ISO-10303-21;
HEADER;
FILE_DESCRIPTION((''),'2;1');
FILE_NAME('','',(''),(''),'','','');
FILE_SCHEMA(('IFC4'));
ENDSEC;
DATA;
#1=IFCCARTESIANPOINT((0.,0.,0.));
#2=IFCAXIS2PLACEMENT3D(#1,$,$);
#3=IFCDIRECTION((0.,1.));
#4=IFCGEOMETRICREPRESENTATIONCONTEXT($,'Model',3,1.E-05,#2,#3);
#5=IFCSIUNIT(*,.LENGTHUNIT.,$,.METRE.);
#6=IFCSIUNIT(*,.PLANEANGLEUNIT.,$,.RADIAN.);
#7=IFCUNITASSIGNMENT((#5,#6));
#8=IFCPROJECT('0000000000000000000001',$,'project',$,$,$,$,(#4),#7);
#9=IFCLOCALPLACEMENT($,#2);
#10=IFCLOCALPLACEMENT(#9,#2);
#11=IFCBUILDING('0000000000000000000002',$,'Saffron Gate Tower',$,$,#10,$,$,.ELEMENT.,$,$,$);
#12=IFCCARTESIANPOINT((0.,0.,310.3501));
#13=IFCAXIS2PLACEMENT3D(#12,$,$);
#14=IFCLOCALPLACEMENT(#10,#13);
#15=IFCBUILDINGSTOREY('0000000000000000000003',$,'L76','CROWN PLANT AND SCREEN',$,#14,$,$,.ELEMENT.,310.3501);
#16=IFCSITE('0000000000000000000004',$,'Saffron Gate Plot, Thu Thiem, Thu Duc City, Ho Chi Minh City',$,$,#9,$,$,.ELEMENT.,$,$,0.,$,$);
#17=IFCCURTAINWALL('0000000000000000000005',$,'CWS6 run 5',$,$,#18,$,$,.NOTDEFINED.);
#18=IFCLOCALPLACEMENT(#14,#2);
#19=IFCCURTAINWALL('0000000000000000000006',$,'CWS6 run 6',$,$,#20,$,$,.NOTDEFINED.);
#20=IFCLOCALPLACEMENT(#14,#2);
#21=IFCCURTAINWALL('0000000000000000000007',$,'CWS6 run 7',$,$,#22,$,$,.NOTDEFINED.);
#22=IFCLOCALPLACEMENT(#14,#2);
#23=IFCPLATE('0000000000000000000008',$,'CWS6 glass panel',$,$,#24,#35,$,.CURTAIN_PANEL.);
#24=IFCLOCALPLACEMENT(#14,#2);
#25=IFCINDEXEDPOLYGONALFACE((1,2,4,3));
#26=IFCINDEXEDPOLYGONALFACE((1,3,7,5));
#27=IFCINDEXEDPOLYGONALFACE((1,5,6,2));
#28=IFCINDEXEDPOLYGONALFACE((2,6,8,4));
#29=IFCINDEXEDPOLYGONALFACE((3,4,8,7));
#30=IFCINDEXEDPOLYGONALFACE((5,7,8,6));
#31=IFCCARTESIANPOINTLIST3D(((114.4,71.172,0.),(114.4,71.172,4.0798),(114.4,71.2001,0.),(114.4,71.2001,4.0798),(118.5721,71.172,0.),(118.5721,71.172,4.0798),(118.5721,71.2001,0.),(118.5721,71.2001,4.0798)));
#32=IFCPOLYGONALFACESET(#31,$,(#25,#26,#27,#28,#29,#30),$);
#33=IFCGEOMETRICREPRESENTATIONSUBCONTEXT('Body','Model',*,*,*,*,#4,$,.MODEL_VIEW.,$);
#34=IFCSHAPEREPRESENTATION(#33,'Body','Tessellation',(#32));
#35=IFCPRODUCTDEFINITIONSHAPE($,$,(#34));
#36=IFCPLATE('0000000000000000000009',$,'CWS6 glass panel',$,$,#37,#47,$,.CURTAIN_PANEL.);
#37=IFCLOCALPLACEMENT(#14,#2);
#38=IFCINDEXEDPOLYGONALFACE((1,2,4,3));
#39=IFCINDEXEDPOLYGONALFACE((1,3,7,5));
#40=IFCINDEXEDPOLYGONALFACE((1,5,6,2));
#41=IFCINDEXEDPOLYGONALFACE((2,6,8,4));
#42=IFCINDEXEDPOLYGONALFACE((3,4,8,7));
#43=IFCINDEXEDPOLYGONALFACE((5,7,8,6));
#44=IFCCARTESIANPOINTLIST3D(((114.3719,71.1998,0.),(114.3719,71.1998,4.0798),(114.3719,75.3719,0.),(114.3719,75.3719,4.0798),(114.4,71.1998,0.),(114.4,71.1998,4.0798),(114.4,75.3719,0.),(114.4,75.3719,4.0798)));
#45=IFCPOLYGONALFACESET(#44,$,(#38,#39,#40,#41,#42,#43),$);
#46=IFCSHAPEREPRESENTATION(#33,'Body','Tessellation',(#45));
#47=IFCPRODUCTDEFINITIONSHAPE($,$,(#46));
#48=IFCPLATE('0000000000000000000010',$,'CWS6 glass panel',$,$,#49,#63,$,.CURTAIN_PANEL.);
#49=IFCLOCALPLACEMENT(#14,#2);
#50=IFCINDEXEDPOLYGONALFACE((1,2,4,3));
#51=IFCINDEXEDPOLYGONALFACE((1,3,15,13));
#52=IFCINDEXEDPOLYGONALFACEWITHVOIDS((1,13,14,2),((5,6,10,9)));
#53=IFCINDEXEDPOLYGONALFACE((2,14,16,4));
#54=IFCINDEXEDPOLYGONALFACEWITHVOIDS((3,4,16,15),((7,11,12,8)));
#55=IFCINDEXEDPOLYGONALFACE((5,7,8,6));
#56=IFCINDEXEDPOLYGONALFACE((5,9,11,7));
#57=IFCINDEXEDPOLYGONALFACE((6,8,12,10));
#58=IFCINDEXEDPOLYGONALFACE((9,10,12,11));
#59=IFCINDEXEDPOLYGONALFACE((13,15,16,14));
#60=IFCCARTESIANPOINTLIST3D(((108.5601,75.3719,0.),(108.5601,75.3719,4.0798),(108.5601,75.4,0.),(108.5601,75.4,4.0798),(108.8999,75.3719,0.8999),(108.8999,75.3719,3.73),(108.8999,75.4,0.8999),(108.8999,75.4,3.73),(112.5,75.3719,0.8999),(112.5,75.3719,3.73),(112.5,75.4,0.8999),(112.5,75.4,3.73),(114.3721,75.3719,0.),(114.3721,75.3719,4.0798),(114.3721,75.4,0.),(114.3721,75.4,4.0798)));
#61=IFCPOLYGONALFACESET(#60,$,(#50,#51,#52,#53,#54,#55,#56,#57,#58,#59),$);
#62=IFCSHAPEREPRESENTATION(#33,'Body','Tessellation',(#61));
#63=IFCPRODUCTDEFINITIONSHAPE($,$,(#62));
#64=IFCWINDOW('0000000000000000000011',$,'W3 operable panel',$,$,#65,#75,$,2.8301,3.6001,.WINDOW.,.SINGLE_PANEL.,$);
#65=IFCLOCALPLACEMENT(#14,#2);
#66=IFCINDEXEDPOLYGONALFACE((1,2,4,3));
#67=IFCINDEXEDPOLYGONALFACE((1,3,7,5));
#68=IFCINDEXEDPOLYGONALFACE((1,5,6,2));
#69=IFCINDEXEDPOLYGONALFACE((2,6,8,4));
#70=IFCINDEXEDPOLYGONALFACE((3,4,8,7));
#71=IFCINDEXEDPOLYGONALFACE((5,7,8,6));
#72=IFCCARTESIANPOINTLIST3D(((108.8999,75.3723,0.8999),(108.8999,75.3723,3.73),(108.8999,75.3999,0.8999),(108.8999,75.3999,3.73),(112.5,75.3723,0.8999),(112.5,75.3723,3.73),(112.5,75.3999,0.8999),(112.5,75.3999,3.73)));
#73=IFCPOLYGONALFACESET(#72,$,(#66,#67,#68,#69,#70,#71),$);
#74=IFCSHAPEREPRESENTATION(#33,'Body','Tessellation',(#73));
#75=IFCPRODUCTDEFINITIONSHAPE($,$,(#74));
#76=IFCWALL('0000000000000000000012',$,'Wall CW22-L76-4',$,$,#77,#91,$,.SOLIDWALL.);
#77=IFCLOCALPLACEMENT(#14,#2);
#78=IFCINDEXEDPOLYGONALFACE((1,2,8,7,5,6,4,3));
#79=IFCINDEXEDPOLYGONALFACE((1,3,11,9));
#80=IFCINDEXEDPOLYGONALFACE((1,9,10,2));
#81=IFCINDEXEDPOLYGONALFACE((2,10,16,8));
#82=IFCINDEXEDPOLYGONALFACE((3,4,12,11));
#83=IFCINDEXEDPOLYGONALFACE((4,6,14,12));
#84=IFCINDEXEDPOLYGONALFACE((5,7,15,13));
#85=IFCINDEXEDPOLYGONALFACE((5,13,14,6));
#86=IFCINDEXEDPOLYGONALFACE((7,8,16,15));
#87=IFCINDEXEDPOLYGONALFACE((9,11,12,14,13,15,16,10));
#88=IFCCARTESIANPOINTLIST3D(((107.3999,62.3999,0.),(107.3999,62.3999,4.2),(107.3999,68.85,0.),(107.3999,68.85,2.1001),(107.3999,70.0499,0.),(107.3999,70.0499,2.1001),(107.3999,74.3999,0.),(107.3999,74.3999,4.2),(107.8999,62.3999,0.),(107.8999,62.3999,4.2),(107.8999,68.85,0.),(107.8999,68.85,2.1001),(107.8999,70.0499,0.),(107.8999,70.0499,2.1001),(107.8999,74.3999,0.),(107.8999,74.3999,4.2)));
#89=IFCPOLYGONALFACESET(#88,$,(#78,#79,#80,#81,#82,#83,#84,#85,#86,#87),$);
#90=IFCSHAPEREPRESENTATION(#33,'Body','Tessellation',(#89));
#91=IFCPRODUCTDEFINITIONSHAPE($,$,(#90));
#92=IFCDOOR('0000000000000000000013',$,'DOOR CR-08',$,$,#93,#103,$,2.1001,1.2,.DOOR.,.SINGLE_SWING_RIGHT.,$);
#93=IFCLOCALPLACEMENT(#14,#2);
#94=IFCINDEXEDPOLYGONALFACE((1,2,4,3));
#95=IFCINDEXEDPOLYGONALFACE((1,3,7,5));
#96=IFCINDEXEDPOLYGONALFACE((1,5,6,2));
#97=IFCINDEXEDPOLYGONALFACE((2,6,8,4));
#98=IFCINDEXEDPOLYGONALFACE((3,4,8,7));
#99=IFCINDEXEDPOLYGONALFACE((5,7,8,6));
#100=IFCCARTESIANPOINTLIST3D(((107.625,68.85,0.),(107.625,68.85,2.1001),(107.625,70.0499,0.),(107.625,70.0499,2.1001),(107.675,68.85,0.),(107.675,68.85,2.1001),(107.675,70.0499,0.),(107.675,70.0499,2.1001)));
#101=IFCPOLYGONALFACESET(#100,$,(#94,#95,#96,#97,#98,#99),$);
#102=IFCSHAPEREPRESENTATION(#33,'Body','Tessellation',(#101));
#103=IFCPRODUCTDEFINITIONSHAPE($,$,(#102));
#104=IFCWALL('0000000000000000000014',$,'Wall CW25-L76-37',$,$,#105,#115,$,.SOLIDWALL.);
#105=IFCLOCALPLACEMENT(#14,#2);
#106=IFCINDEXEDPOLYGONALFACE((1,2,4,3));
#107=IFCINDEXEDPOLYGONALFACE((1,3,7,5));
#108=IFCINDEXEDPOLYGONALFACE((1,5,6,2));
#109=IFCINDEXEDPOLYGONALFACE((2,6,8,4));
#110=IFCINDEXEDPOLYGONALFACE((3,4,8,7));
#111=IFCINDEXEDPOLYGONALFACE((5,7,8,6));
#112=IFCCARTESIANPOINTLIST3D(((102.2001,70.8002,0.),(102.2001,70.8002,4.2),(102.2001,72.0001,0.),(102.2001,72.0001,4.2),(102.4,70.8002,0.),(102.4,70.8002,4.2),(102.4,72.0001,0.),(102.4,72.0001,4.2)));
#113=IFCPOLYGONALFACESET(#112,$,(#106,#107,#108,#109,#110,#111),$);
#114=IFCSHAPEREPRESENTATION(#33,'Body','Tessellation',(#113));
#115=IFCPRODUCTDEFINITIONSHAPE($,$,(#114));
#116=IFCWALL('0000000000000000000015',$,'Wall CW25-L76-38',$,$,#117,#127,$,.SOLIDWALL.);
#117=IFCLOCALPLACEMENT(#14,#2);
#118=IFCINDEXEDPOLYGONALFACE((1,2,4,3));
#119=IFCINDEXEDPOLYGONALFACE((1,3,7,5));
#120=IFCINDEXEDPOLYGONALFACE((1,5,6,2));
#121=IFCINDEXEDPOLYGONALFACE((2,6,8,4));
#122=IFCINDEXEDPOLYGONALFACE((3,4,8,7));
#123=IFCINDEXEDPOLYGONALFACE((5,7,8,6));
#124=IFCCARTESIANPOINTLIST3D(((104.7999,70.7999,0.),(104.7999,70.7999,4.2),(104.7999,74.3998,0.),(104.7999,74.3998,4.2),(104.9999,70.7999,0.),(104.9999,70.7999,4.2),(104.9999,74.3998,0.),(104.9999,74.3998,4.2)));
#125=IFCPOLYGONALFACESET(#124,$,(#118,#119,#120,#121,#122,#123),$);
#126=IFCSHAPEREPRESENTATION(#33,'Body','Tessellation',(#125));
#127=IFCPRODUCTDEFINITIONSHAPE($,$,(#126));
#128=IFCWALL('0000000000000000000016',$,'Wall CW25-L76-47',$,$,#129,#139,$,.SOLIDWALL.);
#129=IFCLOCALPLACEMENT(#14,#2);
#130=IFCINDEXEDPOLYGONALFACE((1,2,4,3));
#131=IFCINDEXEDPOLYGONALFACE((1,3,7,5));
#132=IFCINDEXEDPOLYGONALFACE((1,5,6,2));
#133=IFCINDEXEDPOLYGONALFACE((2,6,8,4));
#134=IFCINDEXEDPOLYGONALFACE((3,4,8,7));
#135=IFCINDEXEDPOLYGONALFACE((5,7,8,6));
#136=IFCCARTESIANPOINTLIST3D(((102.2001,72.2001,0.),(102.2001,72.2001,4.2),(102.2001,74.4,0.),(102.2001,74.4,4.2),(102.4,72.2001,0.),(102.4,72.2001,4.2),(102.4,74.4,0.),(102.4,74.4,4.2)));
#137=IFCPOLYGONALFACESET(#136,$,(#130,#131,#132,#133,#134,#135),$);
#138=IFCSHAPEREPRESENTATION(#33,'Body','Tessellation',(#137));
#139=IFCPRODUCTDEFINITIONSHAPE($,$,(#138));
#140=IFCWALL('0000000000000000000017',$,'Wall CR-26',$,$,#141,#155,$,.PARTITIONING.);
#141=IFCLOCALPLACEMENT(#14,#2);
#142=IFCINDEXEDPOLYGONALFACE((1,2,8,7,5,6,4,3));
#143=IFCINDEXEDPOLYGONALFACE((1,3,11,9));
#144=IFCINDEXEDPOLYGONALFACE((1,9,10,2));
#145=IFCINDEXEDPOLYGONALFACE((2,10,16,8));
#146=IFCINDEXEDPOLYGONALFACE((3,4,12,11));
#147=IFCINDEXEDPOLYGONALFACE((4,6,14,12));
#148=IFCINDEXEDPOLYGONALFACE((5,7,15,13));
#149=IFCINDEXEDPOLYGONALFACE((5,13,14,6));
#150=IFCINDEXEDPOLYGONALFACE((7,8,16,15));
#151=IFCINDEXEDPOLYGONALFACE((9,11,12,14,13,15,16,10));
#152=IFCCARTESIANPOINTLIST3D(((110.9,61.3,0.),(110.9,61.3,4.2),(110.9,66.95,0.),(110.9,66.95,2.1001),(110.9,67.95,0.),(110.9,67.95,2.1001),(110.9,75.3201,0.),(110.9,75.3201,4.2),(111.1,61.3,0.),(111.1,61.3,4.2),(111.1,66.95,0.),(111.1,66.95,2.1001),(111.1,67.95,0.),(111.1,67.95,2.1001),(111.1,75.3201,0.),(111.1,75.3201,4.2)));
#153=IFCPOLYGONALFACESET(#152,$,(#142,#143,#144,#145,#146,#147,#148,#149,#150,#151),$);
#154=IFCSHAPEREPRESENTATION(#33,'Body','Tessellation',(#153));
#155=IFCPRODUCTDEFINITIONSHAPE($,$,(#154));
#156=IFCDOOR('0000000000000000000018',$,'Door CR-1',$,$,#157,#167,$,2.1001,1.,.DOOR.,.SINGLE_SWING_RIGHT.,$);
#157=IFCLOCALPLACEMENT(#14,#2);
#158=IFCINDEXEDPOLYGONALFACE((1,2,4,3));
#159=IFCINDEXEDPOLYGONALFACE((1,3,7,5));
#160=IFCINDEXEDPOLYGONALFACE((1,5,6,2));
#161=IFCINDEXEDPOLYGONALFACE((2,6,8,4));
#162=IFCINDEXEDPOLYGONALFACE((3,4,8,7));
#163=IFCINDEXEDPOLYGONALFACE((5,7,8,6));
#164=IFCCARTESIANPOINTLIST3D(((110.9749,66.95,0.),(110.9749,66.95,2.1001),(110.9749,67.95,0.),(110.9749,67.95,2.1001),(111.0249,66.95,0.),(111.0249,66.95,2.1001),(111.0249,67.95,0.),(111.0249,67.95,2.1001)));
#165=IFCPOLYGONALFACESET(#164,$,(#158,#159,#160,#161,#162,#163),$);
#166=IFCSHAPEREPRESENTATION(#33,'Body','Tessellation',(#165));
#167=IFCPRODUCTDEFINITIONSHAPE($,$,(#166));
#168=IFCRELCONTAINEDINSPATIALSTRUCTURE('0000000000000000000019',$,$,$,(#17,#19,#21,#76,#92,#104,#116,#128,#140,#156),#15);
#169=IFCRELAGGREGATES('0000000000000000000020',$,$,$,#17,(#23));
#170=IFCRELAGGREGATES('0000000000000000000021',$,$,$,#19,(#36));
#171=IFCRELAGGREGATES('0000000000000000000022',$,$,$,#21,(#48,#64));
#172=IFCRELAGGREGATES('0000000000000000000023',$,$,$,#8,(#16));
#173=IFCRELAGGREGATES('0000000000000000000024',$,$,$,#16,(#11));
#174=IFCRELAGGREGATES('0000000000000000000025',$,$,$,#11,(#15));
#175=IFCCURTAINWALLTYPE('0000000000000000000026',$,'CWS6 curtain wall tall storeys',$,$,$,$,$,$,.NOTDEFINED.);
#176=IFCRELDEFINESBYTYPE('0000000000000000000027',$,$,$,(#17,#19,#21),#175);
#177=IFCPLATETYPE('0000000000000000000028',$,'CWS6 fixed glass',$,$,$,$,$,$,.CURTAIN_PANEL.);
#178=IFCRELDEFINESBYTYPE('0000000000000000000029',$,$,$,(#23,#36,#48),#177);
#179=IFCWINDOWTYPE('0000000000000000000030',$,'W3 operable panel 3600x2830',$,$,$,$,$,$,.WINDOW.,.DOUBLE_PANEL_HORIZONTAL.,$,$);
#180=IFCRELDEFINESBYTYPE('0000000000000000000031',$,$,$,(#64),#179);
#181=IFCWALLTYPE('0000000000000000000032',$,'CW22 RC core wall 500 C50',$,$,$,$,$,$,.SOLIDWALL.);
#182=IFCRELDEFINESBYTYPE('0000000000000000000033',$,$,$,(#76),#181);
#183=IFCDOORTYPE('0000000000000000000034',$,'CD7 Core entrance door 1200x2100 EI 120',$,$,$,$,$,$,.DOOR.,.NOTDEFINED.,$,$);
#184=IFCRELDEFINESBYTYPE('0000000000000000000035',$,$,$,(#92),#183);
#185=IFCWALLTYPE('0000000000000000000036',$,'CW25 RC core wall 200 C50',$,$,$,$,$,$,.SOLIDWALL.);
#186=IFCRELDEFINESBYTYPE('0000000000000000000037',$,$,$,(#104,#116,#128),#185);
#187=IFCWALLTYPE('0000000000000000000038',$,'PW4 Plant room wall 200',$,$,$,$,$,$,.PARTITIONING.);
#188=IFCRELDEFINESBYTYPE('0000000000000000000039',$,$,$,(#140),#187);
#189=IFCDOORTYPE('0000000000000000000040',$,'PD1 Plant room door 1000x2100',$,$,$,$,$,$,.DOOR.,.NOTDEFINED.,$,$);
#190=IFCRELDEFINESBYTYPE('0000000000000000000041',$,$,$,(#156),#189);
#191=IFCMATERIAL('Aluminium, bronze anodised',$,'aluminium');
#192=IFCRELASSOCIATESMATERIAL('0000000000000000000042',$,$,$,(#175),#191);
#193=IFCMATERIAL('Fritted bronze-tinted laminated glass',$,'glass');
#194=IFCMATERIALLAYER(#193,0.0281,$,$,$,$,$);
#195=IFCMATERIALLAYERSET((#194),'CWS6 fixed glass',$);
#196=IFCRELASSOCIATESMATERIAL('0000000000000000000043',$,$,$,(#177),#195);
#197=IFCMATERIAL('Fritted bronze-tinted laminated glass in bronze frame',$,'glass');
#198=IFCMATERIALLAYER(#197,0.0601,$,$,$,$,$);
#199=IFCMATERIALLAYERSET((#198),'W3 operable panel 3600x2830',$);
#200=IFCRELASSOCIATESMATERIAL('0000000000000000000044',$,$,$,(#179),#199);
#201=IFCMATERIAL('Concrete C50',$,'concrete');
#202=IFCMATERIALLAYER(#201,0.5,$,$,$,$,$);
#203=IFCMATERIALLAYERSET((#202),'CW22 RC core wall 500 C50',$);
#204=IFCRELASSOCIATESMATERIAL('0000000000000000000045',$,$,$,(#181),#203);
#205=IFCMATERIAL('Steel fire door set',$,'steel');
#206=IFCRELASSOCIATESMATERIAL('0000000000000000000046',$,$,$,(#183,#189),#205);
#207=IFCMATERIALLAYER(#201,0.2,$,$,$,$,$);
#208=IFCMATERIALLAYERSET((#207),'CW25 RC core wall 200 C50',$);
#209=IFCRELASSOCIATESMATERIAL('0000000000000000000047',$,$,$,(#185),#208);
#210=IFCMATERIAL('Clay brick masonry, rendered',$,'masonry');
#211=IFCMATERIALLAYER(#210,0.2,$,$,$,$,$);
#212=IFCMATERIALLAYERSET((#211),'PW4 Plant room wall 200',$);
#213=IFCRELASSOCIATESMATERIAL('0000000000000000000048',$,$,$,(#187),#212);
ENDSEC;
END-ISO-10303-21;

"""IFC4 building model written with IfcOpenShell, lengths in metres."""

from ifc_helpers import new_model, si_unit, direction, frame, frame_2d, origin, place, context, subcontext, project, spatial, rectangle, extrude, material, layer, layer_set, type_object, element, fill, aggregate, save


model = new_model("IFC4")

# Units and contexts
model_context = context("Model", 3, precision=1e-05, world=origin(), true_north=direction((0.0, 1.0)))
body_context = subcontext(model_context, "Body", "Model", "MODEL_VIEW")
ifc_project = project(units=[si_unit("LENGTHUNIT", "METRE"), si_unit("PLANEANGLEUNIT", "RADIAN")], contexts=[model_context])

# Site, building, storey
site_placement = place(None, origin())
site = spatial("IfcSite", under=ifc_project, at=site_placement, Name="Saffron Gate Plot, Thu Thiem, Thu Duc City, Ho Chi Minh City", CompositionType="ELEMENT", RefElevation=0.0)
building_placement = place(site_placement, origin())
building = spatial("IfcBuilding", under=site, at=building_placement, Name="Saffron Gate Tower", CompositionType="ELEMENT")
storey_placement = place(building_placement, frame((0.0, 0.0, 310.3501)))
storey = spatial("IfcBuildingStorey", under=building, at=storey_placement, Name="L76", Description="CROWN PLANT AND SCREEN", CompositionType="ELEMENT", Elevation=310.3501)

# Curtain walls
ifc_material_1 = material(Name="Aluminium, bronze anodised", Category="aluminium")
curtain_wall_type = type_object("IfcCurtainWallType", Name="CWS6 curtain wall tall storeys", PredefinedType="NOTDEFINED", material=ifc_material_1)
curtain_wall_1_placement = place(storey_placement, origin())
curtain_wall_1 = element("IfcCurtainWall", 1, at=curtain_wall_1_placement, inside=storey, type_object=curtain_wall_type, Name="CWS6 run 5", PredefinedType="NOTDEFINED")
curtain_wall_2_placement = place(storey_placement, origin())
curtain_wall_2 = element("IfcCurtainWall", 2, at=curtain_wall_2_placement, inside=storey, type_object=curtain_wall_type, Name="CWS6 run 6", PredefinedType="NOTDEFINED")
curtain_wall_3_placement = place(storey_placement, origin())
curtain_wall_3 = element("IfcCurtainWall", 3, at=curtain_wall_3_placement, inside=storey, type_object=curtain_wall_type, Name="CWS6 run 7", PredefinedType="NOTDEFINED")

# Plates
ifc_material_2 = material(Name="Fritted bronze-tinted laminated glass", Category="glass")
ifc_layer_1 = layer(ifc_material_2, 0.0281)
ifc_layer_set_1 = layer_set([ifc_layer_1], Name="CWS6 fixed glass")
plate_type = type_object("IfcPlateType", Name="CWS6 fixed glass", PredefinedType="CURTAIN_PANEL", material=ifc_layer_set_1)
plate_1_placement = place(storey_placement, frame((118.572, 71.186, 0.0), z_axis=(0.0, 0.0, 1.0), x_axis=(-1.0, 0.0, 0.0)))
plate_1 = element("IfcPlate", 4, at=plate_1_placement, type_object=plate_type, Name="CWS6 glass panel", PredefinedType="CURTAIN_PANEL", context=body_context, shape_type="SweptSolid", body=[
    extrude(rectangle(XDim=4.1721, YDim=0.0281, at=frame_2d((2.0859, 0.0))), origin(), (0.0, 0.0, 1.0), 4.0798),
])
aggregate(curtain_wall_1, [plate_1])
plate_2_placement = place(storey_placement, frame((114.386, 71.2, 0.0), z_axis=(0.0, 0.0, 1.0), x_axis=(0.0, 1.0, 0.0)))
plate_2 = element("IfcPlate", 5, at=plate_2_placement, type_object=plate_type, Name="CWS6 glass panel", PredefinedType="CURTAIN_PANEL", context=body_context, shape_type="SweptSolid", body=[
    extrude(rectangle(XDim=4.1721, YDim=0.0281, at=frame_2d((2.0859, 0.0))), origin(), (0.0, 0.0, 1.0), 4.0798),
])
aggregate(curtain_wall_2, [plate_2])

# Plate, opening, window
plate_3_placement = place(storey_placement, frame((114.3721, 75.386, 0.0), z_axis=(0.0, 0.0, 1.0), x_axis=(-1.0, 0.0, 0.0)))
plate_3 = element("IfcPlate", 6, at=plate_3_placement, type_object=plate_type, Name="CWS6 glass panel", PredefinedType="CURTAIN_PANEL", context=body_context, shape_type="SweptSolid", body=[
    extrude(rectangle(XDim=5.812, YDim=0.0281, at=frame_2d((2.906, 0.0))), origin(), (0.0, 0.0, 1.0), 4.0798),
])
opening_1_placement = place(plate_3_placement, frame((1.8721, 0.0, 0.8999)))
opening_1 = element("IfcOpeningElement", 7, at=opening_1_placement, cuts=plate_3, PredefinedType="OPENING", context=body_context, shape_type="SweptSolid", body=[
    extrude(rectangle(XDim=3.6001, YDim=2.8301, at=frame_2d((1.8, 1.415))), frame((0.0, 0.0239, 0.0), z_axis=(0.0, -1.0, 0.0), x_axis=(1.0, 0.0, 0.0)), (0.0, 0.0, 1.0), 0.0481),
])
ifc_material_3 = material(Name="Fritted bronze-tinted laminated glass in bronze frame", Category="glass")
ifc_layer_2 = layer(ifc_material_3, 0.0601)
ifc_layer_set_2 = layer_set([ifc_layer_2], Name="W3 operable panel 3600x2830")
window_type = type_object("IfcWindowType", Name="W3 operable panel 3600x2830", PartitioningType="DOUBLE_PANEL_HORIZONTAL", PredefinedType="WINDOW", material=ifc_layer_set_2)
window_placement = place(opening_1_placement, origin())
window = element("IfcWindow", 8, at=window_placement, type_object=window_type, Name="W3 operable panel", OverallHeight=2.8301, OverallWidth=3.6001, PartitioningType="SINGLE_PANEL", PredefinedType="WINDOW", context=body_context, shape_type="SweptSolid", body=[
    extrude(rectangle(XDim=3.6001, YDim=2.8301, at=frame_2d((1.8, 1.415))), frame((0.0, 0.0137, 0.0), z_axis=(0.0, -1.0, 0.0), x_axis=(1.0, 0.0, 0.0)), (0.0, 0.0, 1.0), 0.0276),
])
fill(opening_1, window)
aggregate(curtain_wall_3, [plate_3, window])

# Wall, opening, door
ifc_material_4 = material(Name="Concrete C50", Category="concrete")
ifc_layer_3 = layer(ifc_material_4, 0.5)
ifc_layer_set_3 = layer_set([ifc_layer_3], Name="CW22 RC core wall 500 C50")
wall_type_1 = type_object("IfcWallType", Name="CW22 RC core wall 500 C50", PredefinedType="SOLIDWALL", material=ifc_layer_set_3)
wall_1_placement = place(storey_placement, frame((107.6499, 62.3999, 0.0), z_axis=(0.0, 0.0, 1.0), x_axis=(0.0, 1.0, 0.0)))
wall_1 = element("IfcWall", 9, at=wall_1_placement, inside=storey, type_object=wall_type_1, Name="Wall CW22-L76-4", PredefinedType="SOLIDWALL", context=body_context, shape_type="SweptSolid", body=[
    extrude(rectangle(XDim=12.0, YDim=0.5, at=frame_2d((6.0, 0.0))), origin(), (0.0, 0.0, 1.0), 4.2),
])
opening_2_placement = place(wall_1_placement, frame((6.45, 0.0, 0.0)))
opening_2 = element("IfcOpeningElement", 10, at=opening_2_placement, cuts=wall_1, PredefinedType="OPENING", context=body_context, shape_type="SweptSolid", body=[
    extrude(rectangle(XDim=1.2, YDim=2.1001, at=frame_2d((0.6001, 1.05))), frame((0.0, 0.26, 0.0), z_axis=(0.0, -1.0, 0.0), x_axis=(1.0, 0.0, 0.0)), (0.0, 0.0, 1.0), 0.52),
])
ifc_material_5 = material(Name="Steel fire door set", Category="steel")
door_type_1 = type_object("IfcDoorType", Name="CD7 Core entrance door 1200x2100 EI 120", OperationType="NOTDEFINED", PredefinedType="DOOR", material=ifc_material_5)
door_1_placement = place(opening_2_placement, origin())
door_1 = element("IfcDoor", 11, at=door_1_placement, inside=storey, type_object=door_type_1, Name="DOOR CR-08", OperationType="SINGLE_SWING_RIGHT", OverallHeight=2.1001, OverallWidth=1.2, PredefinedType="DOOR", context=body_context, shape_type="SweptSolid", body=[
    extrude(rectangle(XDim=1.2, YDim=2.1001, at=frame_2d((0.6001, 1.05))), frame((0.0, 0.0249, 0.0), z_axis=(0.0, -1.0, 0.0), x_axis=(1.0, 0.0, 0.0)), (0.0, 0.0, 1.0), 0.05),
])
fill(opening_2, door_1)

# Walls
ifc_layer_4 = layer(ifc_material_4, 0.2)
ifc_layer_set_4 = layer_set([ifc_layer_4], Name="CW25 RC core wall 200 C50")
wall_type_2 = type_object("IfcWallType", Name="CW25 RC core wall 200 C50", PredefinedType="SOLIDWALL", material=ifc_layer_set_4)
wall_2_placement = place(storey_placement, frame((102.3, 70.8, 0.0), z_axis=(0.0, 0.0, 1.0), x_axis=(0.0, 1.0, 0.0)))
element("IfcWall", 12, at=wall_2_placement, inside=storey, type_object=wall_type_2, Name="Wall CW25-L76-37", PredefinedType="SOLIDWALL", context=body_context, shape_type="SweptSolid", body=[
    extrude(rectangle(XDim=1.2, YDim=0.2, at=frame_2d((0.6001, 0.0))), origin(), (0.0, 0.0, 1.0), 4.2),
])
wall_3_placement = place(storey_placement, frame((104.8999, 70.8, 0.0), z_axis=(0.0, 0.0, 1.0), x_axis=(0.0, 1.0, 0.0)))
element("IfcWall", 13, at=wall_3_placement, inside=storey, type_object=wall_type_2, Name="Wall CW25-L76-38", PredefinedType="SOLIDWALL", context=body_context, shape_type="SweptSolid", body=[
    extrude(rectangle(XDim=3.5999, YDim=0.2, at=frame_2d((1.7998, 0.0))), origin(), (0.0, 0.0, 1.0), 4.2),
])
wall_4_placement = place(storey_placement, frame((102.3, 72.2, 0.0), z_axis=(0.0, 0.0, 1.0), x_axis=(0.0, 1.0, 0.0)))
element("IfcWall", 14, at=wall_4_placement, inside=storey, type_object=wall_type_2, Name="Wall CW25-L76-47", PredefinedType="SOLIDWALL", context=body_context, shape_type="SweptSolid", body=[
    extrude(rectangle(XDim=2.2, YDim=0.2, at=frame_2d((1.1001, 0.0))), origin(), (0.0, 0.0, 1.0), 4.2),
])

# Wall, opening, door
ifc_material_6 = material(Name="Clay brick masonry, rendered", Category="masonry")
ifc_layer_5 = layer(ifc_material_6, 0.2)
ifc_layer_set_5 = layer_set([ifc_layer_5], Name="PW4 Plant room wall 200")
wall_type_3 = type_object("IfcWallType", Name="PW4 Plant room wall 200", PredefinedType="PARTITIONING", material=ifc_layer_set_5)
wall_5_placement = place(storey_placement, frame((111.0, 75.3201, 0.0), z_axis=(0.0, 0.0, 1.0), x_axis=(0.0, -1.0, 0.0)))
wall_5 = element("IfcWall", 15, at=wall_5_placement, inside=storey, type_object=wall_type_3, Name="Wall CR-26", PredefinedType="PARTITIONING", context=body_context, shape_type="SweptSolid", body=[
    extrude(rectangle(XDim=14.02, YDim=0.2, at=frame_2d((7.01, 0.0))), origin(), (0.0, 0.0, 1.0), 4.2),
])
opening_3_placement = place(wall_5_placement, frame((7.3701, 0.0, 0.0)))
opening_3 = element("IfcOpeningElement", 16, at=opening_3_placement, cuts=wall_5, PredefinedType="OPENING", context=body_context, shape_type="SweptSolid", body=[
    extrude(rectangle(XDim=1.0, YDim=2.1001, at=frame_2d((0.5, 1.05))), frame((0.0, 0.1099, 0.0), z_axis=(0.0, -1.0, 0.0), x_axis=(1.0, 0.0, 0.0)), (0.0, 0.0, 1.0), 0.22),
])
door_type_2 = type_object("IfcDoorType", Name="PD1 Plant room door 1000x2100", OperationType="NOTDEFINED", PredefinedType="DOOR", material=ifc_material_5)
door_2_placement = place(opening_3_placement, origin())
door_2 = element("IfcDoor", 17, at=door_2_placement, inside=storey, type_object=door_type_2, Name="Door CR-1", OperationType="SINGLE_SWING_RIGHT", OverallHeight=2.1001, OverallWidth=1.0, PredefinedType="DOOR", context=body_context, shape_type="SweptSolid", body=[
    extrude(rectangle(XDim=1.0, YDim=2.1001, at=frame_2d((0.5, 1.05))), frame((0.0, 0.0249, 0.0), z_axis=(0.0, -1.0, 0.0), x_axis=(1.0, 0.0, 0.0)), (0.0, 0.0, 1.0), 0.05),
])
fill(opening_3, door_2)

save(model, "model.ifc")
